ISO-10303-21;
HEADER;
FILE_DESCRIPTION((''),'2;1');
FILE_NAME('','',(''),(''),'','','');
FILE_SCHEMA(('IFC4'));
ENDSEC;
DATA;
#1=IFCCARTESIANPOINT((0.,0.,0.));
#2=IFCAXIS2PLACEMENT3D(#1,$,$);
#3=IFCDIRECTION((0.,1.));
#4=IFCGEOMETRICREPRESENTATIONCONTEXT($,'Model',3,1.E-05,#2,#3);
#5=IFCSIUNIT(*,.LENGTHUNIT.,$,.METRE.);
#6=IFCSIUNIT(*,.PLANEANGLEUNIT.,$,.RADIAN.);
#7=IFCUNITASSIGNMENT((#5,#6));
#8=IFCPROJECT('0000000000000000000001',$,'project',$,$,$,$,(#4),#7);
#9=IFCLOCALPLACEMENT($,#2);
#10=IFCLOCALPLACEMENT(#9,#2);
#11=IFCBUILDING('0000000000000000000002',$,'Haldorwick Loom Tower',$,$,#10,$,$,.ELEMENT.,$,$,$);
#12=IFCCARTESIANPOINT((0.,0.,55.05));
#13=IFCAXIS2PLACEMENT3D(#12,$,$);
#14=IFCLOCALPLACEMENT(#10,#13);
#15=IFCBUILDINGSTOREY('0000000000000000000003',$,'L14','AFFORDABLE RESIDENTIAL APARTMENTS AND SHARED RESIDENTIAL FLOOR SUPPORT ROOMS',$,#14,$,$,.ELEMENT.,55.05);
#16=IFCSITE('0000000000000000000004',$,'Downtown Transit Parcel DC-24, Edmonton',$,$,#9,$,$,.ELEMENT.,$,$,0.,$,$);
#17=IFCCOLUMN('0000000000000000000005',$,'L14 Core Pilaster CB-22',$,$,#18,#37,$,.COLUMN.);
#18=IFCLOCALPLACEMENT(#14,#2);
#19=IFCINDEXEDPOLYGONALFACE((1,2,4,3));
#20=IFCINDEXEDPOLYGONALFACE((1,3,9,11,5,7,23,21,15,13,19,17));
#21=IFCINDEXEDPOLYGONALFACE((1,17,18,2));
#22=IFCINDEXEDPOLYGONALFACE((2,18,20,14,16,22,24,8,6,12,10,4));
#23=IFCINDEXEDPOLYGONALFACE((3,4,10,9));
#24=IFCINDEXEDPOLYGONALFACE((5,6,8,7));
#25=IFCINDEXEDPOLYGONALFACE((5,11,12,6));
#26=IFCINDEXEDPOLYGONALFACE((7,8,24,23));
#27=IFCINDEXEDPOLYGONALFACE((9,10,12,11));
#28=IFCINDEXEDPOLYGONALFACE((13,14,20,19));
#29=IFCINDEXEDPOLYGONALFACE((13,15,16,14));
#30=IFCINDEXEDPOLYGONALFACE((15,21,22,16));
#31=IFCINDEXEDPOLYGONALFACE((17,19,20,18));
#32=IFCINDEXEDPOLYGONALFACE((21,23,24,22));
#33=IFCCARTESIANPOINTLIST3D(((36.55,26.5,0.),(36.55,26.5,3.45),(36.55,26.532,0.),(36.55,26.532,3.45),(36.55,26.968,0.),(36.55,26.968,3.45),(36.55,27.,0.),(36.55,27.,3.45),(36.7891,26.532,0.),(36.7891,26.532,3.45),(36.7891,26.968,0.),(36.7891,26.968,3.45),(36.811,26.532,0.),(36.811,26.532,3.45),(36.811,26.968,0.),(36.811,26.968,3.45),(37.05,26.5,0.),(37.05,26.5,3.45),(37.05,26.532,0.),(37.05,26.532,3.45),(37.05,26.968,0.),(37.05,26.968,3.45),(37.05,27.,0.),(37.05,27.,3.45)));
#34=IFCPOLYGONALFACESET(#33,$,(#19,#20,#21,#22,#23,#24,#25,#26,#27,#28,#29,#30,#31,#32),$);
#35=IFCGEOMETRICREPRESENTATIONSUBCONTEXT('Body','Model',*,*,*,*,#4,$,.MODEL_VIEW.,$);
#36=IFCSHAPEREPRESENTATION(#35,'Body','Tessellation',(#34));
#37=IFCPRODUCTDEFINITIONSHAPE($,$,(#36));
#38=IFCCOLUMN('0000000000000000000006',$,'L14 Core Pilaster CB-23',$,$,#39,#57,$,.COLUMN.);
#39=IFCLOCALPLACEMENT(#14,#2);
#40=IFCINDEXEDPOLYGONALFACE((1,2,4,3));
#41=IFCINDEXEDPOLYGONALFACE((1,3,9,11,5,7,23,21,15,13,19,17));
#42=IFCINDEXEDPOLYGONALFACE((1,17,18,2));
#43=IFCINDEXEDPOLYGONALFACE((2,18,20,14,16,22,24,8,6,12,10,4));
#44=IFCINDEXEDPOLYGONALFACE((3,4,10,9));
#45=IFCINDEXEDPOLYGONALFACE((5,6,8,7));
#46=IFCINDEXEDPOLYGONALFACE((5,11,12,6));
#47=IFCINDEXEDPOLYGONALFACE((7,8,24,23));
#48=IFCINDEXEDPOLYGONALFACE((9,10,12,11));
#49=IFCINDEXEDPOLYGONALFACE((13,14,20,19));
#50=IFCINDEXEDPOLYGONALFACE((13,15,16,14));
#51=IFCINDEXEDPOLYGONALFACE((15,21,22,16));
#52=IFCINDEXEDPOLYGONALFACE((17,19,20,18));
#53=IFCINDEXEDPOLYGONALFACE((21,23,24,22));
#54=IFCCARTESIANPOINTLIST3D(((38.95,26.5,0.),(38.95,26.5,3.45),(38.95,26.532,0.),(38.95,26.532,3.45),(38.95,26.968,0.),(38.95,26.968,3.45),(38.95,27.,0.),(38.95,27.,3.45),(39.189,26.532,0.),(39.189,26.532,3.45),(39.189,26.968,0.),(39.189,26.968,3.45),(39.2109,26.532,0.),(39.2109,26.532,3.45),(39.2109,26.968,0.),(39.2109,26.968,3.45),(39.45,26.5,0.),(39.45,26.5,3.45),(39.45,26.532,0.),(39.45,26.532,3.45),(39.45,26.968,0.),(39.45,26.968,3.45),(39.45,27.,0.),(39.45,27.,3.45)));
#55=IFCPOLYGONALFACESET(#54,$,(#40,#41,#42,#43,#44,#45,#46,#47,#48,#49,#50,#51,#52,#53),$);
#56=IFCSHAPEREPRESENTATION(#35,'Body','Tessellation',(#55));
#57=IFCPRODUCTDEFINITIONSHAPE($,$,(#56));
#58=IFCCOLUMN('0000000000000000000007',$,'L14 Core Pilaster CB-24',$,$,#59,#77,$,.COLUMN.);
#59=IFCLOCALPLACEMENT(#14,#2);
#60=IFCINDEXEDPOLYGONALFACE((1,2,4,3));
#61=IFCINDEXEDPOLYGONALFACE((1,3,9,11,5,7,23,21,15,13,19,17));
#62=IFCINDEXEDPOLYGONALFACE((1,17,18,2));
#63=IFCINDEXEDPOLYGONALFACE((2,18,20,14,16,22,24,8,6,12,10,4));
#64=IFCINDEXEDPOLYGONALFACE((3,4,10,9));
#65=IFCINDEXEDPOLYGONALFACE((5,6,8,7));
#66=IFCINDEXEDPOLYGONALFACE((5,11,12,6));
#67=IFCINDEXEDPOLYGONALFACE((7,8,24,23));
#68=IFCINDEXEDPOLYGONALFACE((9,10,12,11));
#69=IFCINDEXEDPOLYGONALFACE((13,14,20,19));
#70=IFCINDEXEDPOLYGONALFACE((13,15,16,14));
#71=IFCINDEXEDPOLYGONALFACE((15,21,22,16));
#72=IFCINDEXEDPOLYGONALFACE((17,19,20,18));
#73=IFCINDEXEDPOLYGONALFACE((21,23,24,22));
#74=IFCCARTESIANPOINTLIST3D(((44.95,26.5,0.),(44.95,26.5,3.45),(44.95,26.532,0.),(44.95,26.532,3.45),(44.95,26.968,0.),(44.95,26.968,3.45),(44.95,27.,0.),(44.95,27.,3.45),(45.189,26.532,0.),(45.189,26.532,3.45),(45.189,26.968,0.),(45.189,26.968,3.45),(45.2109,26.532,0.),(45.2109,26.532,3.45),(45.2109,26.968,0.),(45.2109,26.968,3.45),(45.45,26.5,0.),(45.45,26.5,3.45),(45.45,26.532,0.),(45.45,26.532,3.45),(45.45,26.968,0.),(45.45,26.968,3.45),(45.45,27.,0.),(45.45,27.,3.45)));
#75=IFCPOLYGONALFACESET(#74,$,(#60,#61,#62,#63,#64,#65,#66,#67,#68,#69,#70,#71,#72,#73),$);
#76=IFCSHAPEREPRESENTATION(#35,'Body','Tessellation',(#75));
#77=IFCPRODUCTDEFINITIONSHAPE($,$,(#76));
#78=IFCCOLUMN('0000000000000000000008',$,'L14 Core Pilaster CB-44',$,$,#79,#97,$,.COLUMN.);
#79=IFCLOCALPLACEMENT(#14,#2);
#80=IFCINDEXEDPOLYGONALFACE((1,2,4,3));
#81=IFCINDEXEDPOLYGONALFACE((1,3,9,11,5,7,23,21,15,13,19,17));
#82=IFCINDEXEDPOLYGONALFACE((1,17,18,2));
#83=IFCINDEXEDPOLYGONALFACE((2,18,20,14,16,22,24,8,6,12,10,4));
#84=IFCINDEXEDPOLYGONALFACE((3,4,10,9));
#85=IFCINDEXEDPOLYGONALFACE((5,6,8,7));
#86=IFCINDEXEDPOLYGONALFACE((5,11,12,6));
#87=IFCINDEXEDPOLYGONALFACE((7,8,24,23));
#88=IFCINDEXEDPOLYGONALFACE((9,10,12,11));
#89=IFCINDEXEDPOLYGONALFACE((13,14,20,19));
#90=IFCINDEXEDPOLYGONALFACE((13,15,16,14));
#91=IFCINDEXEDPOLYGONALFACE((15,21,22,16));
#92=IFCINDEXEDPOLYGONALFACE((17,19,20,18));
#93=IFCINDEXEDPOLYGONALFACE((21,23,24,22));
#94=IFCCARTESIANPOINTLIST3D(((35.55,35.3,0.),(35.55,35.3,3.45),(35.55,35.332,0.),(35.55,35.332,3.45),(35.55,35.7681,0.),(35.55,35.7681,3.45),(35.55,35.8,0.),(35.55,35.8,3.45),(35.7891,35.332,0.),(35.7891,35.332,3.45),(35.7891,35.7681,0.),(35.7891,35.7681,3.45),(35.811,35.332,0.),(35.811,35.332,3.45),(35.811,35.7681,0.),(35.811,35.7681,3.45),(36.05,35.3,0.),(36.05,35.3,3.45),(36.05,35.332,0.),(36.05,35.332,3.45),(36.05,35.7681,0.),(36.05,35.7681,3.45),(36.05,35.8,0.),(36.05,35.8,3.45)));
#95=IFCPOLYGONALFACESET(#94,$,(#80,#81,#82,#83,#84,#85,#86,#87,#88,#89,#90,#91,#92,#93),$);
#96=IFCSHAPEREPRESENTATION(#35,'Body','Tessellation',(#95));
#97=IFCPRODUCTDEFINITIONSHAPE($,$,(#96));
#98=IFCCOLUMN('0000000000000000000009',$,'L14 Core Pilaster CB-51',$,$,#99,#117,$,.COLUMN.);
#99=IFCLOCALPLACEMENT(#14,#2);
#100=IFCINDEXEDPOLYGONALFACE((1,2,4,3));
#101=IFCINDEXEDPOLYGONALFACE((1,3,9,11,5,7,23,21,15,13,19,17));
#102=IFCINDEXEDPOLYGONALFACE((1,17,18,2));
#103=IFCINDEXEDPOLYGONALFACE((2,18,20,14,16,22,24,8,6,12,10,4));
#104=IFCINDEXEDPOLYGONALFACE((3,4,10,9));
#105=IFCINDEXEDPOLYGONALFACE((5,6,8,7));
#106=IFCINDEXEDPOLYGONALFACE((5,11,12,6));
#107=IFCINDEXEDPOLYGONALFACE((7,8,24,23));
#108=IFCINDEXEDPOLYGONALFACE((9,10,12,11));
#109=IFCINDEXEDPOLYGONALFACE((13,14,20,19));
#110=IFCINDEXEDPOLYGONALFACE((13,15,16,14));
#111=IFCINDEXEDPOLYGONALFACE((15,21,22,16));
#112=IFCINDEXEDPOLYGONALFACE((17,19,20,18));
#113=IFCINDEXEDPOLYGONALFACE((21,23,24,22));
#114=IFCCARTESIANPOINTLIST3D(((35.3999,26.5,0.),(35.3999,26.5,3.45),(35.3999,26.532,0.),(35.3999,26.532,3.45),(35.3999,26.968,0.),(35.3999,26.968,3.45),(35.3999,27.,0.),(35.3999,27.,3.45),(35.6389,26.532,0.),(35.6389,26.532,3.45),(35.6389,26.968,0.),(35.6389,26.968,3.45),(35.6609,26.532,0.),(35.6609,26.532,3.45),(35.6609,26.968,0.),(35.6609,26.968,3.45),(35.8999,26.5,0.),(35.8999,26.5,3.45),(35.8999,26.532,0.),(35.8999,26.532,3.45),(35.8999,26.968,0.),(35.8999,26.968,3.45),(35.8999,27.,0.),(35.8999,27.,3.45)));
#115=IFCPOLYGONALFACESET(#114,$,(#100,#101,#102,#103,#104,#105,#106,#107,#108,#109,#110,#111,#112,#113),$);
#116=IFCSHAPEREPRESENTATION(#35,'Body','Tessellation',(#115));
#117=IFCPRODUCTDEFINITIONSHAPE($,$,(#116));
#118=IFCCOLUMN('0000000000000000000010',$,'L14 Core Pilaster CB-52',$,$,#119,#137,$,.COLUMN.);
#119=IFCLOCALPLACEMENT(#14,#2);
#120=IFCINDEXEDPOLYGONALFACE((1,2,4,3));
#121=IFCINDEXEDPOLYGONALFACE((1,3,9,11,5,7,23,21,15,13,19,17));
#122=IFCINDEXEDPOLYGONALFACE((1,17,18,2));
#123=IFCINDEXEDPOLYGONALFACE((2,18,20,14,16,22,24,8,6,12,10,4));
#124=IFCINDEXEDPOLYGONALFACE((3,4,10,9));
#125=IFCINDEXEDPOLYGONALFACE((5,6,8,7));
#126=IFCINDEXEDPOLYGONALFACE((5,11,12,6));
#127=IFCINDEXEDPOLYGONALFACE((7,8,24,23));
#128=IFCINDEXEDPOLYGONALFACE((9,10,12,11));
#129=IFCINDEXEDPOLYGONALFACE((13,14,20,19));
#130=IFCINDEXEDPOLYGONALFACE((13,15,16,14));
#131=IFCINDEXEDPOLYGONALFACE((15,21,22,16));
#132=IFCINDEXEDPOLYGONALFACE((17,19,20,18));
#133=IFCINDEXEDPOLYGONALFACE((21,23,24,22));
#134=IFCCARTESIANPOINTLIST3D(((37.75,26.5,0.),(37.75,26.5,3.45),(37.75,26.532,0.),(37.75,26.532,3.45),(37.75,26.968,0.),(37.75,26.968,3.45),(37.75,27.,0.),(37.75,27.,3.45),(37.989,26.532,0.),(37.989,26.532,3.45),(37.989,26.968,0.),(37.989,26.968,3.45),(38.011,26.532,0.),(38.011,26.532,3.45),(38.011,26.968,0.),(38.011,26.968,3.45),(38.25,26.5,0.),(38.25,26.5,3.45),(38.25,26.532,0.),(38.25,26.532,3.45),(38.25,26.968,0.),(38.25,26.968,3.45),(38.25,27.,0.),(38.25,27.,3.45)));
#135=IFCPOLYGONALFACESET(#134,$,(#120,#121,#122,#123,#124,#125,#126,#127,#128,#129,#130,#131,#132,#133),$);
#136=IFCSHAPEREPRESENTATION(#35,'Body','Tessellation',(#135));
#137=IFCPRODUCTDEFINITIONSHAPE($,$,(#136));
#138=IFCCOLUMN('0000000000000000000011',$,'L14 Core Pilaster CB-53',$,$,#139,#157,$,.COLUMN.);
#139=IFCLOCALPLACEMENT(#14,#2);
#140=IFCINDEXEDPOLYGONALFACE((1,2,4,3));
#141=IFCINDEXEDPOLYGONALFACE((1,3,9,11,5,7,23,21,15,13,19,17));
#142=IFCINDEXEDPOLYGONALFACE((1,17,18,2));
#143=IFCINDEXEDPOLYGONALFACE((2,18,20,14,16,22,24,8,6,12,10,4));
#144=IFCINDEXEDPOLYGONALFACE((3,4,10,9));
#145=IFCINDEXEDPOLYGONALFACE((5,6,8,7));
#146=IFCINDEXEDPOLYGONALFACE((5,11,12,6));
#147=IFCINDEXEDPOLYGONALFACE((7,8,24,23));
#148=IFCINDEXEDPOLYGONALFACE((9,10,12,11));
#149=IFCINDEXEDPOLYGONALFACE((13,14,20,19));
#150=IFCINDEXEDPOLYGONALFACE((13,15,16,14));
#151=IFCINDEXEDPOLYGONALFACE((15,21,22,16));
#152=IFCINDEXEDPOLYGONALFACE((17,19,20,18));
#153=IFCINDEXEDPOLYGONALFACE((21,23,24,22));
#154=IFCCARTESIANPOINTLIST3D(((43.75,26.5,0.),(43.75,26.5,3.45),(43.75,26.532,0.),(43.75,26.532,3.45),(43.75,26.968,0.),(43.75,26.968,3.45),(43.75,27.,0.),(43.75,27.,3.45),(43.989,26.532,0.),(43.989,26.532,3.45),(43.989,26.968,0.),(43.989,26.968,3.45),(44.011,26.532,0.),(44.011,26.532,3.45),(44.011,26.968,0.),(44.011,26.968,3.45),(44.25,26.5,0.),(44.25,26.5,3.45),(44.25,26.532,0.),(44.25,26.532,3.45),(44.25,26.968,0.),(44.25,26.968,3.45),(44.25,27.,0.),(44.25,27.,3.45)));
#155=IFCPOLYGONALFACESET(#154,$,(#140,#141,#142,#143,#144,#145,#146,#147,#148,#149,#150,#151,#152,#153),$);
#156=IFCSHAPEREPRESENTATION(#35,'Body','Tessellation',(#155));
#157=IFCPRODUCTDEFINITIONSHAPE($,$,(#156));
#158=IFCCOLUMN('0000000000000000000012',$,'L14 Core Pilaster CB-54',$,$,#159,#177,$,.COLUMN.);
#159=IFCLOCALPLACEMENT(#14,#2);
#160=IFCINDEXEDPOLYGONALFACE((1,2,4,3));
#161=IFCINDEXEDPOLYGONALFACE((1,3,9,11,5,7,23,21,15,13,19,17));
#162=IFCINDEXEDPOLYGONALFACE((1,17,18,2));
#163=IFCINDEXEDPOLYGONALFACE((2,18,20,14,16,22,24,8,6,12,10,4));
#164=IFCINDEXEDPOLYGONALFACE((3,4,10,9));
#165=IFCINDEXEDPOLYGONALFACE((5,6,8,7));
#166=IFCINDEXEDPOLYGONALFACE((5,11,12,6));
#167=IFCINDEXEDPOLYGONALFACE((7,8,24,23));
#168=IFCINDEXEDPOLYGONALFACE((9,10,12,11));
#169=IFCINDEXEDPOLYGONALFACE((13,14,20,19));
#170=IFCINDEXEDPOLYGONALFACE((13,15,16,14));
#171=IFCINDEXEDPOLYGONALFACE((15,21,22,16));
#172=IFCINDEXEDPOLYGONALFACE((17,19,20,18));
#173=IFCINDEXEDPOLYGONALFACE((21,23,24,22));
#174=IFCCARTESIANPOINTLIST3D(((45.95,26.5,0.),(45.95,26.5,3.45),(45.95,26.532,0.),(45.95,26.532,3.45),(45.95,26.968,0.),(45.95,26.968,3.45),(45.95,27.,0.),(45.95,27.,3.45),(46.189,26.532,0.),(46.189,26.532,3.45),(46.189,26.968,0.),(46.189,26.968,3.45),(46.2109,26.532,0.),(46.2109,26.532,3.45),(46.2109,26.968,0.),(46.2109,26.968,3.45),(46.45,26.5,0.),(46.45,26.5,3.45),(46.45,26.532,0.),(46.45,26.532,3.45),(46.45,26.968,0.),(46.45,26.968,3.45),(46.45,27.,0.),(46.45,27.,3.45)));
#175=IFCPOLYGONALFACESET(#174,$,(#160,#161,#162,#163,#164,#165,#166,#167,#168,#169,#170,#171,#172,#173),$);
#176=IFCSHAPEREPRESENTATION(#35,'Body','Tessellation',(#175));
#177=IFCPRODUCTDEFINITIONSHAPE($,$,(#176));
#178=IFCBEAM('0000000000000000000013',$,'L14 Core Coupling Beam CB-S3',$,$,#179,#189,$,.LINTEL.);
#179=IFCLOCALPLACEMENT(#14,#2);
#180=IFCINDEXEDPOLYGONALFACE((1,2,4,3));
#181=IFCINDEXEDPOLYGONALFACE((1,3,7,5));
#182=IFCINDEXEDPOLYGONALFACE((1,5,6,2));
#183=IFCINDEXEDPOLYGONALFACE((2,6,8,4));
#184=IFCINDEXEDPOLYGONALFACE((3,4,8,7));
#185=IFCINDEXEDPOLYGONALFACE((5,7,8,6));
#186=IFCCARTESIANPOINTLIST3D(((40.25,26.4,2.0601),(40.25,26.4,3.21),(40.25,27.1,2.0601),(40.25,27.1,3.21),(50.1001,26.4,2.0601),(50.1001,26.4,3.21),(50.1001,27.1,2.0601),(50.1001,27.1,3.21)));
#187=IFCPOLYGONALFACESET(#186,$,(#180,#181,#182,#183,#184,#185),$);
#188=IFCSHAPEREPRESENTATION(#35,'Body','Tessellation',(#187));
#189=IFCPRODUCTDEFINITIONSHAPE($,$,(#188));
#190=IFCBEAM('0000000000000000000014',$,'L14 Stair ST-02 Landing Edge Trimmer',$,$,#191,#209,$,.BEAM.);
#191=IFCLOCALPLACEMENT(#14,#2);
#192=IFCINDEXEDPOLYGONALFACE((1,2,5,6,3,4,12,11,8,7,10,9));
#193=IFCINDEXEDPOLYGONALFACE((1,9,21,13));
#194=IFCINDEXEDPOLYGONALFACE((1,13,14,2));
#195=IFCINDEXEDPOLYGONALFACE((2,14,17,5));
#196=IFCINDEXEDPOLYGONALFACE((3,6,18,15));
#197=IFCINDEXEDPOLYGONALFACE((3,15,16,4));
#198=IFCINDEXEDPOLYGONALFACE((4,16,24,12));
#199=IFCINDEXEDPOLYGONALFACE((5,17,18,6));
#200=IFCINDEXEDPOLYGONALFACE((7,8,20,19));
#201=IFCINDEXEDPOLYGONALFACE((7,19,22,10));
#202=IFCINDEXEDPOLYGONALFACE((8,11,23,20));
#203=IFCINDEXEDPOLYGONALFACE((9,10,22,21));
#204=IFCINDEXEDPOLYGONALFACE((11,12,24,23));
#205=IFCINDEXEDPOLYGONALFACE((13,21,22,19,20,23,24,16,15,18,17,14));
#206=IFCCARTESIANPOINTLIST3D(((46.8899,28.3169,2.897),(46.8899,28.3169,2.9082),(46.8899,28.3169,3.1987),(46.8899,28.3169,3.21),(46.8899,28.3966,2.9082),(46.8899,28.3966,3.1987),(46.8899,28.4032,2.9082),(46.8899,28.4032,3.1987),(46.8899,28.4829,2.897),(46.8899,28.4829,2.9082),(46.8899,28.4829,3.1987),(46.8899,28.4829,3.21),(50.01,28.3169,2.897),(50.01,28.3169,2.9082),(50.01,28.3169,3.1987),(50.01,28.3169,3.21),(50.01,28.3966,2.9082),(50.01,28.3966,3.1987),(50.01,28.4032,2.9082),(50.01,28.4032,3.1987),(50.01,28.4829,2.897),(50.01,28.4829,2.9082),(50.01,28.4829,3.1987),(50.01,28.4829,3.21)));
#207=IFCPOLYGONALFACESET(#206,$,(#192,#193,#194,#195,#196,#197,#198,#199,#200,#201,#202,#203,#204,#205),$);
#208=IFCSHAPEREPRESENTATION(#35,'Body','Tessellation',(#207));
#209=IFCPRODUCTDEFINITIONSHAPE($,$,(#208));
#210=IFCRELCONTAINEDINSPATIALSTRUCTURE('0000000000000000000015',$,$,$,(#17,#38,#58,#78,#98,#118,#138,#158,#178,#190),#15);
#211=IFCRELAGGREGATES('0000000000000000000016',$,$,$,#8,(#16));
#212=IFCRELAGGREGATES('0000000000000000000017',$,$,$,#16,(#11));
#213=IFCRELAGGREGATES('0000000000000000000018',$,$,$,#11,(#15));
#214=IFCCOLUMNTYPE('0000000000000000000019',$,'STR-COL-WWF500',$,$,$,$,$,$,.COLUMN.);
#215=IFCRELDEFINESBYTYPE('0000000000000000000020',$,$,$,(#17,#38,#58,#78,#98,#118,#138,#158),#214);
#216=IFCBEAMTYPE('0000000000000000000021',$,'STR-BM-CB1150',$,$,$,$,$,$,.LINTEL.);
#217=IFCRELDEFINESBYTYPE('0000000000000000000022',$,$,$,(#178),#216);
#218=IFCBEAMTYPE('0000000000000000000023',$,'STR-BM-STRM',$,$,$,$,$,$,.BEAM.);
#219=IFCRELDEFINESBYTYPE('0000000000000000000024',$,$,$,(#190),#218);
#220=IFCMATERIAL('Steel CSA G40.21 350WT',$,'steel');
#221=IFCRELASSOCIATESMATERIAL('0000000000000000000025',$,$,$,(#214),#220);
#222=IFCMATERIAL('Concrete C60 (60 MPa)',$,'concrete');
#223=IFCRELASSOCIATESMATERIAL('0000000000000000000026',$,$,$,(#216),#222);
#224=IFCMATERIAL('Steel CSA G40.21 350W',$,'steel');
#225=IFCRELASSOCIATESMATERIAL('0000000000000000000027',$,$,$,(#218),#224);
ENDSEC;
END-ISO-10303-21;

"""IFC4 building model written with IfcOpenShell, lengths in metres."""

from ifc_helpers import new_model, si_unit, direction, frame, origin, origin_2d, place, context, subcontext, project, spatial, rectangle, i_section, extrude, material, material_profile, profile_set, type_object, element, save


model = new_model("IFC4")

# Units and contexts
model_context = context("Model", 3, precision=1e-05, world=origin(), true_north=direction((0.0, 1.0)))
body_context = subcontext(model_context, "Body", "Model", "MODEL_VIEW")
ifc_project = project(units=[si_unit("LENGTHUNIT", "METRE"), si_unit("PLANEANGLEUNIT", "RADIAN")], contexts=[model_context])

# Site, building, storey
site_placement = place(None, origin())
site = spatial("IfcSite", under=ifc_project, at=site_placement, Name="Downtown Transit Parcel DC-24, Edmonton", CompositionType="ELEMENT", RefElevation=0.0)
building_placement = place(site_placement, origin())
building = spatial("IfcBuilding", under=site, at=building_placement, Name="Haldorwick Loom Tower", CompositionType="ELEMENT")
storey_placement = place(building_placement, frame((0.0, 0.0, 55.05)))
storey = spatial("IfcBuildingStorey", under=building, at=storey_placement, Name="L14", Description="AFFORDABLE RESIDENTIAL APARTMENTS AND SHARED RESIDENTIAL FLOOR SUPPORT ROOMS", CompositionType="ELEMENT", Elevation=55.05)

# Columns
ifc_material_1 = material(Name="Steel CSA G40.21 350WT", Category="steel")
ifc_material_profile_1 = material_profile(ifc_material_1, i_section(OverallWidth=0.5, OverallDepth=0.5, WebThickness=0.022, FlangeThickness=0.032, at=origin_2d()), Name="WWF500X500", Category="steel")
ifc_profile_set_1 = profile_set([ifc_material_profile_1], Name="Steel CSA G40.21 350WT")
column_type = type_object("IfcColumnType", Name="STR-COL-WWF500", PredefinedType="COLUMN", material=ifc_profile_set_1)
for number, where, z_axis, x_axis, name in (
    (1, (36.8, 26.75, 0.0), (0.0, 0.0, 1.0), (1.0, 0.0, 0.0), "L14 Core Pilaster CB-22"),
    (2, (39.2, 26.75, 0.0), (0.0, 0.0, 1.0), (1.0, 0.0, 0.0), "L14 Core Pilaster CB-23"),
    (3, (45.2, 26.75, 0.0), (0.0, 0.0, 1.0), (1.0, 0.0, 0.0), "L14 Core Pilaster CB-24"),
    (4, (35.8, 35.55, 0.0), (0.0, 0.0, 1.0), (1.0, 0.0, 0.0), "L14 Core Pilaster CB-44"),
    (5, (35.6499, 26.75, 0.0), (0.0, 0.0, 1.0), (1.0, 0.0, 0.0), "L14 Core Pilaster CB-51"),
    (6, (38.0, 26.75, 0.0), (0.0, 0.0, 1.0), (1.0, 0.0, 0.0), "L14 Core Pilaster CB-52"),
    (7, (44.0, 26.75, 0.0), (0.0, 0.0, 1.0), (1.0, 0.0, 0.0), "L14 Core Pilaster CB-53"),
    (8, (46.2, 26.75, 0.0), (0.0, 0.0, 1.0), (1.0, 0.0, 0.0), "L14 Core Pilaster CB-54"),
):
    element("IfcColumn", number, at=place(storey_placement, frame(where, z_axis=z_axis, x_axis=x_axis)), inside=storey, type_object=column_type, Name=name, PredefinedType="COLUMN", context=body_context, shape_type="SweptSolid", body=[
        extrude(i_section(OverallWidth=0.5, OverallDepth=0.5, WebThickness=0.022, FlangeThickness=0.032, at=origin_2d()), origin(), (0.0, 0.0, 1.0), 3.45),
    ])

# Beams
ifc_material_2 = material(Name="Concrete C60 (60 MPa)", Category="concrete")
ifc_material_profile_2 = material_profile(ifc_material_2, rectangle(XDim=0.7, YDim=1.1499, at=origin_2d()), Name="RC700X1150", Category="concrete")
ifc_profile_set_2 = profile_set([ifc_material_profile_2], Name="Concrete C60 (60 MPa)")
beam_type_1 = type_object("IfcBeamType", Name="STR-BM-CB1150", PredefinedType="LINTEL", material=ifc_profile_set_2)
beam_placement = place(storey_placement, frame((40.25, 26.75, 2.635), z_axis=(1.0, 0.0, 0.0), x_axis=(0.0, 1.0, 0.0)))
element("IfcBeam", 9, at=beam_placement, inside=storey, type_object=beam_type_1, Name="L14 Core Coupling Beam CB-S3", PredefinedType="LINTEL", context=body_context, shape_type="SweptSolid", body=[
    extrude(rectangle(XDim=0.7, YDim=1.1499, at=origin_2d()), origin(), (0.0, 0.0, 1.0), 9.8501),
])
ifc_material_3 = material(Name="Steel CSA G40.21 350W", Category="steel")
ifc_material_profile_3 = material_profile(ifc_material_3, i_section(OverallWidth=0.166, OverallDepth=0.313, WebThickness=0.0066, FlangeThickness=0.0112, at=origin_2d()), Name="W310X45", Category="steel")
ifc_profile_set_3 = profile_set([ifc_material_profile_3], Name="Steel CSA G40.21 350W")
beam_type_2 = type_object("IfcBeamType", Name="STR-BM-STRM", PredefinedType="BEAM", material=ifc_profile_set_3)
for number, where, z_axis, x_axis, name in (
    (10, (46.8899, 28.3999, 3.0535), (1.0, 0.0, 0.0), (0.0, 1.0, 0.0), "L14 Stair ST-02 Landing Edge Trimmer"),
):
    element("IfcBeam", number, at=place(storey_placement, frame(where, z_axis=z_axis, x_axis=x_axis)), inside=storey, type_object=beam_type_2, Name=name, PredefinedType="BEAM", context=body_context, shape_type="SweptSolid", body=[
        extrude(i_section(OverallWidth=0.166, OverallDepth=0.313, WebThickness=0.0066, FlangeThickness=0.0112, at=origin_2d()), origin(), (0.0, 0.0, 1.0), 3.1201),
    ])

save(model, "model.ifc")
